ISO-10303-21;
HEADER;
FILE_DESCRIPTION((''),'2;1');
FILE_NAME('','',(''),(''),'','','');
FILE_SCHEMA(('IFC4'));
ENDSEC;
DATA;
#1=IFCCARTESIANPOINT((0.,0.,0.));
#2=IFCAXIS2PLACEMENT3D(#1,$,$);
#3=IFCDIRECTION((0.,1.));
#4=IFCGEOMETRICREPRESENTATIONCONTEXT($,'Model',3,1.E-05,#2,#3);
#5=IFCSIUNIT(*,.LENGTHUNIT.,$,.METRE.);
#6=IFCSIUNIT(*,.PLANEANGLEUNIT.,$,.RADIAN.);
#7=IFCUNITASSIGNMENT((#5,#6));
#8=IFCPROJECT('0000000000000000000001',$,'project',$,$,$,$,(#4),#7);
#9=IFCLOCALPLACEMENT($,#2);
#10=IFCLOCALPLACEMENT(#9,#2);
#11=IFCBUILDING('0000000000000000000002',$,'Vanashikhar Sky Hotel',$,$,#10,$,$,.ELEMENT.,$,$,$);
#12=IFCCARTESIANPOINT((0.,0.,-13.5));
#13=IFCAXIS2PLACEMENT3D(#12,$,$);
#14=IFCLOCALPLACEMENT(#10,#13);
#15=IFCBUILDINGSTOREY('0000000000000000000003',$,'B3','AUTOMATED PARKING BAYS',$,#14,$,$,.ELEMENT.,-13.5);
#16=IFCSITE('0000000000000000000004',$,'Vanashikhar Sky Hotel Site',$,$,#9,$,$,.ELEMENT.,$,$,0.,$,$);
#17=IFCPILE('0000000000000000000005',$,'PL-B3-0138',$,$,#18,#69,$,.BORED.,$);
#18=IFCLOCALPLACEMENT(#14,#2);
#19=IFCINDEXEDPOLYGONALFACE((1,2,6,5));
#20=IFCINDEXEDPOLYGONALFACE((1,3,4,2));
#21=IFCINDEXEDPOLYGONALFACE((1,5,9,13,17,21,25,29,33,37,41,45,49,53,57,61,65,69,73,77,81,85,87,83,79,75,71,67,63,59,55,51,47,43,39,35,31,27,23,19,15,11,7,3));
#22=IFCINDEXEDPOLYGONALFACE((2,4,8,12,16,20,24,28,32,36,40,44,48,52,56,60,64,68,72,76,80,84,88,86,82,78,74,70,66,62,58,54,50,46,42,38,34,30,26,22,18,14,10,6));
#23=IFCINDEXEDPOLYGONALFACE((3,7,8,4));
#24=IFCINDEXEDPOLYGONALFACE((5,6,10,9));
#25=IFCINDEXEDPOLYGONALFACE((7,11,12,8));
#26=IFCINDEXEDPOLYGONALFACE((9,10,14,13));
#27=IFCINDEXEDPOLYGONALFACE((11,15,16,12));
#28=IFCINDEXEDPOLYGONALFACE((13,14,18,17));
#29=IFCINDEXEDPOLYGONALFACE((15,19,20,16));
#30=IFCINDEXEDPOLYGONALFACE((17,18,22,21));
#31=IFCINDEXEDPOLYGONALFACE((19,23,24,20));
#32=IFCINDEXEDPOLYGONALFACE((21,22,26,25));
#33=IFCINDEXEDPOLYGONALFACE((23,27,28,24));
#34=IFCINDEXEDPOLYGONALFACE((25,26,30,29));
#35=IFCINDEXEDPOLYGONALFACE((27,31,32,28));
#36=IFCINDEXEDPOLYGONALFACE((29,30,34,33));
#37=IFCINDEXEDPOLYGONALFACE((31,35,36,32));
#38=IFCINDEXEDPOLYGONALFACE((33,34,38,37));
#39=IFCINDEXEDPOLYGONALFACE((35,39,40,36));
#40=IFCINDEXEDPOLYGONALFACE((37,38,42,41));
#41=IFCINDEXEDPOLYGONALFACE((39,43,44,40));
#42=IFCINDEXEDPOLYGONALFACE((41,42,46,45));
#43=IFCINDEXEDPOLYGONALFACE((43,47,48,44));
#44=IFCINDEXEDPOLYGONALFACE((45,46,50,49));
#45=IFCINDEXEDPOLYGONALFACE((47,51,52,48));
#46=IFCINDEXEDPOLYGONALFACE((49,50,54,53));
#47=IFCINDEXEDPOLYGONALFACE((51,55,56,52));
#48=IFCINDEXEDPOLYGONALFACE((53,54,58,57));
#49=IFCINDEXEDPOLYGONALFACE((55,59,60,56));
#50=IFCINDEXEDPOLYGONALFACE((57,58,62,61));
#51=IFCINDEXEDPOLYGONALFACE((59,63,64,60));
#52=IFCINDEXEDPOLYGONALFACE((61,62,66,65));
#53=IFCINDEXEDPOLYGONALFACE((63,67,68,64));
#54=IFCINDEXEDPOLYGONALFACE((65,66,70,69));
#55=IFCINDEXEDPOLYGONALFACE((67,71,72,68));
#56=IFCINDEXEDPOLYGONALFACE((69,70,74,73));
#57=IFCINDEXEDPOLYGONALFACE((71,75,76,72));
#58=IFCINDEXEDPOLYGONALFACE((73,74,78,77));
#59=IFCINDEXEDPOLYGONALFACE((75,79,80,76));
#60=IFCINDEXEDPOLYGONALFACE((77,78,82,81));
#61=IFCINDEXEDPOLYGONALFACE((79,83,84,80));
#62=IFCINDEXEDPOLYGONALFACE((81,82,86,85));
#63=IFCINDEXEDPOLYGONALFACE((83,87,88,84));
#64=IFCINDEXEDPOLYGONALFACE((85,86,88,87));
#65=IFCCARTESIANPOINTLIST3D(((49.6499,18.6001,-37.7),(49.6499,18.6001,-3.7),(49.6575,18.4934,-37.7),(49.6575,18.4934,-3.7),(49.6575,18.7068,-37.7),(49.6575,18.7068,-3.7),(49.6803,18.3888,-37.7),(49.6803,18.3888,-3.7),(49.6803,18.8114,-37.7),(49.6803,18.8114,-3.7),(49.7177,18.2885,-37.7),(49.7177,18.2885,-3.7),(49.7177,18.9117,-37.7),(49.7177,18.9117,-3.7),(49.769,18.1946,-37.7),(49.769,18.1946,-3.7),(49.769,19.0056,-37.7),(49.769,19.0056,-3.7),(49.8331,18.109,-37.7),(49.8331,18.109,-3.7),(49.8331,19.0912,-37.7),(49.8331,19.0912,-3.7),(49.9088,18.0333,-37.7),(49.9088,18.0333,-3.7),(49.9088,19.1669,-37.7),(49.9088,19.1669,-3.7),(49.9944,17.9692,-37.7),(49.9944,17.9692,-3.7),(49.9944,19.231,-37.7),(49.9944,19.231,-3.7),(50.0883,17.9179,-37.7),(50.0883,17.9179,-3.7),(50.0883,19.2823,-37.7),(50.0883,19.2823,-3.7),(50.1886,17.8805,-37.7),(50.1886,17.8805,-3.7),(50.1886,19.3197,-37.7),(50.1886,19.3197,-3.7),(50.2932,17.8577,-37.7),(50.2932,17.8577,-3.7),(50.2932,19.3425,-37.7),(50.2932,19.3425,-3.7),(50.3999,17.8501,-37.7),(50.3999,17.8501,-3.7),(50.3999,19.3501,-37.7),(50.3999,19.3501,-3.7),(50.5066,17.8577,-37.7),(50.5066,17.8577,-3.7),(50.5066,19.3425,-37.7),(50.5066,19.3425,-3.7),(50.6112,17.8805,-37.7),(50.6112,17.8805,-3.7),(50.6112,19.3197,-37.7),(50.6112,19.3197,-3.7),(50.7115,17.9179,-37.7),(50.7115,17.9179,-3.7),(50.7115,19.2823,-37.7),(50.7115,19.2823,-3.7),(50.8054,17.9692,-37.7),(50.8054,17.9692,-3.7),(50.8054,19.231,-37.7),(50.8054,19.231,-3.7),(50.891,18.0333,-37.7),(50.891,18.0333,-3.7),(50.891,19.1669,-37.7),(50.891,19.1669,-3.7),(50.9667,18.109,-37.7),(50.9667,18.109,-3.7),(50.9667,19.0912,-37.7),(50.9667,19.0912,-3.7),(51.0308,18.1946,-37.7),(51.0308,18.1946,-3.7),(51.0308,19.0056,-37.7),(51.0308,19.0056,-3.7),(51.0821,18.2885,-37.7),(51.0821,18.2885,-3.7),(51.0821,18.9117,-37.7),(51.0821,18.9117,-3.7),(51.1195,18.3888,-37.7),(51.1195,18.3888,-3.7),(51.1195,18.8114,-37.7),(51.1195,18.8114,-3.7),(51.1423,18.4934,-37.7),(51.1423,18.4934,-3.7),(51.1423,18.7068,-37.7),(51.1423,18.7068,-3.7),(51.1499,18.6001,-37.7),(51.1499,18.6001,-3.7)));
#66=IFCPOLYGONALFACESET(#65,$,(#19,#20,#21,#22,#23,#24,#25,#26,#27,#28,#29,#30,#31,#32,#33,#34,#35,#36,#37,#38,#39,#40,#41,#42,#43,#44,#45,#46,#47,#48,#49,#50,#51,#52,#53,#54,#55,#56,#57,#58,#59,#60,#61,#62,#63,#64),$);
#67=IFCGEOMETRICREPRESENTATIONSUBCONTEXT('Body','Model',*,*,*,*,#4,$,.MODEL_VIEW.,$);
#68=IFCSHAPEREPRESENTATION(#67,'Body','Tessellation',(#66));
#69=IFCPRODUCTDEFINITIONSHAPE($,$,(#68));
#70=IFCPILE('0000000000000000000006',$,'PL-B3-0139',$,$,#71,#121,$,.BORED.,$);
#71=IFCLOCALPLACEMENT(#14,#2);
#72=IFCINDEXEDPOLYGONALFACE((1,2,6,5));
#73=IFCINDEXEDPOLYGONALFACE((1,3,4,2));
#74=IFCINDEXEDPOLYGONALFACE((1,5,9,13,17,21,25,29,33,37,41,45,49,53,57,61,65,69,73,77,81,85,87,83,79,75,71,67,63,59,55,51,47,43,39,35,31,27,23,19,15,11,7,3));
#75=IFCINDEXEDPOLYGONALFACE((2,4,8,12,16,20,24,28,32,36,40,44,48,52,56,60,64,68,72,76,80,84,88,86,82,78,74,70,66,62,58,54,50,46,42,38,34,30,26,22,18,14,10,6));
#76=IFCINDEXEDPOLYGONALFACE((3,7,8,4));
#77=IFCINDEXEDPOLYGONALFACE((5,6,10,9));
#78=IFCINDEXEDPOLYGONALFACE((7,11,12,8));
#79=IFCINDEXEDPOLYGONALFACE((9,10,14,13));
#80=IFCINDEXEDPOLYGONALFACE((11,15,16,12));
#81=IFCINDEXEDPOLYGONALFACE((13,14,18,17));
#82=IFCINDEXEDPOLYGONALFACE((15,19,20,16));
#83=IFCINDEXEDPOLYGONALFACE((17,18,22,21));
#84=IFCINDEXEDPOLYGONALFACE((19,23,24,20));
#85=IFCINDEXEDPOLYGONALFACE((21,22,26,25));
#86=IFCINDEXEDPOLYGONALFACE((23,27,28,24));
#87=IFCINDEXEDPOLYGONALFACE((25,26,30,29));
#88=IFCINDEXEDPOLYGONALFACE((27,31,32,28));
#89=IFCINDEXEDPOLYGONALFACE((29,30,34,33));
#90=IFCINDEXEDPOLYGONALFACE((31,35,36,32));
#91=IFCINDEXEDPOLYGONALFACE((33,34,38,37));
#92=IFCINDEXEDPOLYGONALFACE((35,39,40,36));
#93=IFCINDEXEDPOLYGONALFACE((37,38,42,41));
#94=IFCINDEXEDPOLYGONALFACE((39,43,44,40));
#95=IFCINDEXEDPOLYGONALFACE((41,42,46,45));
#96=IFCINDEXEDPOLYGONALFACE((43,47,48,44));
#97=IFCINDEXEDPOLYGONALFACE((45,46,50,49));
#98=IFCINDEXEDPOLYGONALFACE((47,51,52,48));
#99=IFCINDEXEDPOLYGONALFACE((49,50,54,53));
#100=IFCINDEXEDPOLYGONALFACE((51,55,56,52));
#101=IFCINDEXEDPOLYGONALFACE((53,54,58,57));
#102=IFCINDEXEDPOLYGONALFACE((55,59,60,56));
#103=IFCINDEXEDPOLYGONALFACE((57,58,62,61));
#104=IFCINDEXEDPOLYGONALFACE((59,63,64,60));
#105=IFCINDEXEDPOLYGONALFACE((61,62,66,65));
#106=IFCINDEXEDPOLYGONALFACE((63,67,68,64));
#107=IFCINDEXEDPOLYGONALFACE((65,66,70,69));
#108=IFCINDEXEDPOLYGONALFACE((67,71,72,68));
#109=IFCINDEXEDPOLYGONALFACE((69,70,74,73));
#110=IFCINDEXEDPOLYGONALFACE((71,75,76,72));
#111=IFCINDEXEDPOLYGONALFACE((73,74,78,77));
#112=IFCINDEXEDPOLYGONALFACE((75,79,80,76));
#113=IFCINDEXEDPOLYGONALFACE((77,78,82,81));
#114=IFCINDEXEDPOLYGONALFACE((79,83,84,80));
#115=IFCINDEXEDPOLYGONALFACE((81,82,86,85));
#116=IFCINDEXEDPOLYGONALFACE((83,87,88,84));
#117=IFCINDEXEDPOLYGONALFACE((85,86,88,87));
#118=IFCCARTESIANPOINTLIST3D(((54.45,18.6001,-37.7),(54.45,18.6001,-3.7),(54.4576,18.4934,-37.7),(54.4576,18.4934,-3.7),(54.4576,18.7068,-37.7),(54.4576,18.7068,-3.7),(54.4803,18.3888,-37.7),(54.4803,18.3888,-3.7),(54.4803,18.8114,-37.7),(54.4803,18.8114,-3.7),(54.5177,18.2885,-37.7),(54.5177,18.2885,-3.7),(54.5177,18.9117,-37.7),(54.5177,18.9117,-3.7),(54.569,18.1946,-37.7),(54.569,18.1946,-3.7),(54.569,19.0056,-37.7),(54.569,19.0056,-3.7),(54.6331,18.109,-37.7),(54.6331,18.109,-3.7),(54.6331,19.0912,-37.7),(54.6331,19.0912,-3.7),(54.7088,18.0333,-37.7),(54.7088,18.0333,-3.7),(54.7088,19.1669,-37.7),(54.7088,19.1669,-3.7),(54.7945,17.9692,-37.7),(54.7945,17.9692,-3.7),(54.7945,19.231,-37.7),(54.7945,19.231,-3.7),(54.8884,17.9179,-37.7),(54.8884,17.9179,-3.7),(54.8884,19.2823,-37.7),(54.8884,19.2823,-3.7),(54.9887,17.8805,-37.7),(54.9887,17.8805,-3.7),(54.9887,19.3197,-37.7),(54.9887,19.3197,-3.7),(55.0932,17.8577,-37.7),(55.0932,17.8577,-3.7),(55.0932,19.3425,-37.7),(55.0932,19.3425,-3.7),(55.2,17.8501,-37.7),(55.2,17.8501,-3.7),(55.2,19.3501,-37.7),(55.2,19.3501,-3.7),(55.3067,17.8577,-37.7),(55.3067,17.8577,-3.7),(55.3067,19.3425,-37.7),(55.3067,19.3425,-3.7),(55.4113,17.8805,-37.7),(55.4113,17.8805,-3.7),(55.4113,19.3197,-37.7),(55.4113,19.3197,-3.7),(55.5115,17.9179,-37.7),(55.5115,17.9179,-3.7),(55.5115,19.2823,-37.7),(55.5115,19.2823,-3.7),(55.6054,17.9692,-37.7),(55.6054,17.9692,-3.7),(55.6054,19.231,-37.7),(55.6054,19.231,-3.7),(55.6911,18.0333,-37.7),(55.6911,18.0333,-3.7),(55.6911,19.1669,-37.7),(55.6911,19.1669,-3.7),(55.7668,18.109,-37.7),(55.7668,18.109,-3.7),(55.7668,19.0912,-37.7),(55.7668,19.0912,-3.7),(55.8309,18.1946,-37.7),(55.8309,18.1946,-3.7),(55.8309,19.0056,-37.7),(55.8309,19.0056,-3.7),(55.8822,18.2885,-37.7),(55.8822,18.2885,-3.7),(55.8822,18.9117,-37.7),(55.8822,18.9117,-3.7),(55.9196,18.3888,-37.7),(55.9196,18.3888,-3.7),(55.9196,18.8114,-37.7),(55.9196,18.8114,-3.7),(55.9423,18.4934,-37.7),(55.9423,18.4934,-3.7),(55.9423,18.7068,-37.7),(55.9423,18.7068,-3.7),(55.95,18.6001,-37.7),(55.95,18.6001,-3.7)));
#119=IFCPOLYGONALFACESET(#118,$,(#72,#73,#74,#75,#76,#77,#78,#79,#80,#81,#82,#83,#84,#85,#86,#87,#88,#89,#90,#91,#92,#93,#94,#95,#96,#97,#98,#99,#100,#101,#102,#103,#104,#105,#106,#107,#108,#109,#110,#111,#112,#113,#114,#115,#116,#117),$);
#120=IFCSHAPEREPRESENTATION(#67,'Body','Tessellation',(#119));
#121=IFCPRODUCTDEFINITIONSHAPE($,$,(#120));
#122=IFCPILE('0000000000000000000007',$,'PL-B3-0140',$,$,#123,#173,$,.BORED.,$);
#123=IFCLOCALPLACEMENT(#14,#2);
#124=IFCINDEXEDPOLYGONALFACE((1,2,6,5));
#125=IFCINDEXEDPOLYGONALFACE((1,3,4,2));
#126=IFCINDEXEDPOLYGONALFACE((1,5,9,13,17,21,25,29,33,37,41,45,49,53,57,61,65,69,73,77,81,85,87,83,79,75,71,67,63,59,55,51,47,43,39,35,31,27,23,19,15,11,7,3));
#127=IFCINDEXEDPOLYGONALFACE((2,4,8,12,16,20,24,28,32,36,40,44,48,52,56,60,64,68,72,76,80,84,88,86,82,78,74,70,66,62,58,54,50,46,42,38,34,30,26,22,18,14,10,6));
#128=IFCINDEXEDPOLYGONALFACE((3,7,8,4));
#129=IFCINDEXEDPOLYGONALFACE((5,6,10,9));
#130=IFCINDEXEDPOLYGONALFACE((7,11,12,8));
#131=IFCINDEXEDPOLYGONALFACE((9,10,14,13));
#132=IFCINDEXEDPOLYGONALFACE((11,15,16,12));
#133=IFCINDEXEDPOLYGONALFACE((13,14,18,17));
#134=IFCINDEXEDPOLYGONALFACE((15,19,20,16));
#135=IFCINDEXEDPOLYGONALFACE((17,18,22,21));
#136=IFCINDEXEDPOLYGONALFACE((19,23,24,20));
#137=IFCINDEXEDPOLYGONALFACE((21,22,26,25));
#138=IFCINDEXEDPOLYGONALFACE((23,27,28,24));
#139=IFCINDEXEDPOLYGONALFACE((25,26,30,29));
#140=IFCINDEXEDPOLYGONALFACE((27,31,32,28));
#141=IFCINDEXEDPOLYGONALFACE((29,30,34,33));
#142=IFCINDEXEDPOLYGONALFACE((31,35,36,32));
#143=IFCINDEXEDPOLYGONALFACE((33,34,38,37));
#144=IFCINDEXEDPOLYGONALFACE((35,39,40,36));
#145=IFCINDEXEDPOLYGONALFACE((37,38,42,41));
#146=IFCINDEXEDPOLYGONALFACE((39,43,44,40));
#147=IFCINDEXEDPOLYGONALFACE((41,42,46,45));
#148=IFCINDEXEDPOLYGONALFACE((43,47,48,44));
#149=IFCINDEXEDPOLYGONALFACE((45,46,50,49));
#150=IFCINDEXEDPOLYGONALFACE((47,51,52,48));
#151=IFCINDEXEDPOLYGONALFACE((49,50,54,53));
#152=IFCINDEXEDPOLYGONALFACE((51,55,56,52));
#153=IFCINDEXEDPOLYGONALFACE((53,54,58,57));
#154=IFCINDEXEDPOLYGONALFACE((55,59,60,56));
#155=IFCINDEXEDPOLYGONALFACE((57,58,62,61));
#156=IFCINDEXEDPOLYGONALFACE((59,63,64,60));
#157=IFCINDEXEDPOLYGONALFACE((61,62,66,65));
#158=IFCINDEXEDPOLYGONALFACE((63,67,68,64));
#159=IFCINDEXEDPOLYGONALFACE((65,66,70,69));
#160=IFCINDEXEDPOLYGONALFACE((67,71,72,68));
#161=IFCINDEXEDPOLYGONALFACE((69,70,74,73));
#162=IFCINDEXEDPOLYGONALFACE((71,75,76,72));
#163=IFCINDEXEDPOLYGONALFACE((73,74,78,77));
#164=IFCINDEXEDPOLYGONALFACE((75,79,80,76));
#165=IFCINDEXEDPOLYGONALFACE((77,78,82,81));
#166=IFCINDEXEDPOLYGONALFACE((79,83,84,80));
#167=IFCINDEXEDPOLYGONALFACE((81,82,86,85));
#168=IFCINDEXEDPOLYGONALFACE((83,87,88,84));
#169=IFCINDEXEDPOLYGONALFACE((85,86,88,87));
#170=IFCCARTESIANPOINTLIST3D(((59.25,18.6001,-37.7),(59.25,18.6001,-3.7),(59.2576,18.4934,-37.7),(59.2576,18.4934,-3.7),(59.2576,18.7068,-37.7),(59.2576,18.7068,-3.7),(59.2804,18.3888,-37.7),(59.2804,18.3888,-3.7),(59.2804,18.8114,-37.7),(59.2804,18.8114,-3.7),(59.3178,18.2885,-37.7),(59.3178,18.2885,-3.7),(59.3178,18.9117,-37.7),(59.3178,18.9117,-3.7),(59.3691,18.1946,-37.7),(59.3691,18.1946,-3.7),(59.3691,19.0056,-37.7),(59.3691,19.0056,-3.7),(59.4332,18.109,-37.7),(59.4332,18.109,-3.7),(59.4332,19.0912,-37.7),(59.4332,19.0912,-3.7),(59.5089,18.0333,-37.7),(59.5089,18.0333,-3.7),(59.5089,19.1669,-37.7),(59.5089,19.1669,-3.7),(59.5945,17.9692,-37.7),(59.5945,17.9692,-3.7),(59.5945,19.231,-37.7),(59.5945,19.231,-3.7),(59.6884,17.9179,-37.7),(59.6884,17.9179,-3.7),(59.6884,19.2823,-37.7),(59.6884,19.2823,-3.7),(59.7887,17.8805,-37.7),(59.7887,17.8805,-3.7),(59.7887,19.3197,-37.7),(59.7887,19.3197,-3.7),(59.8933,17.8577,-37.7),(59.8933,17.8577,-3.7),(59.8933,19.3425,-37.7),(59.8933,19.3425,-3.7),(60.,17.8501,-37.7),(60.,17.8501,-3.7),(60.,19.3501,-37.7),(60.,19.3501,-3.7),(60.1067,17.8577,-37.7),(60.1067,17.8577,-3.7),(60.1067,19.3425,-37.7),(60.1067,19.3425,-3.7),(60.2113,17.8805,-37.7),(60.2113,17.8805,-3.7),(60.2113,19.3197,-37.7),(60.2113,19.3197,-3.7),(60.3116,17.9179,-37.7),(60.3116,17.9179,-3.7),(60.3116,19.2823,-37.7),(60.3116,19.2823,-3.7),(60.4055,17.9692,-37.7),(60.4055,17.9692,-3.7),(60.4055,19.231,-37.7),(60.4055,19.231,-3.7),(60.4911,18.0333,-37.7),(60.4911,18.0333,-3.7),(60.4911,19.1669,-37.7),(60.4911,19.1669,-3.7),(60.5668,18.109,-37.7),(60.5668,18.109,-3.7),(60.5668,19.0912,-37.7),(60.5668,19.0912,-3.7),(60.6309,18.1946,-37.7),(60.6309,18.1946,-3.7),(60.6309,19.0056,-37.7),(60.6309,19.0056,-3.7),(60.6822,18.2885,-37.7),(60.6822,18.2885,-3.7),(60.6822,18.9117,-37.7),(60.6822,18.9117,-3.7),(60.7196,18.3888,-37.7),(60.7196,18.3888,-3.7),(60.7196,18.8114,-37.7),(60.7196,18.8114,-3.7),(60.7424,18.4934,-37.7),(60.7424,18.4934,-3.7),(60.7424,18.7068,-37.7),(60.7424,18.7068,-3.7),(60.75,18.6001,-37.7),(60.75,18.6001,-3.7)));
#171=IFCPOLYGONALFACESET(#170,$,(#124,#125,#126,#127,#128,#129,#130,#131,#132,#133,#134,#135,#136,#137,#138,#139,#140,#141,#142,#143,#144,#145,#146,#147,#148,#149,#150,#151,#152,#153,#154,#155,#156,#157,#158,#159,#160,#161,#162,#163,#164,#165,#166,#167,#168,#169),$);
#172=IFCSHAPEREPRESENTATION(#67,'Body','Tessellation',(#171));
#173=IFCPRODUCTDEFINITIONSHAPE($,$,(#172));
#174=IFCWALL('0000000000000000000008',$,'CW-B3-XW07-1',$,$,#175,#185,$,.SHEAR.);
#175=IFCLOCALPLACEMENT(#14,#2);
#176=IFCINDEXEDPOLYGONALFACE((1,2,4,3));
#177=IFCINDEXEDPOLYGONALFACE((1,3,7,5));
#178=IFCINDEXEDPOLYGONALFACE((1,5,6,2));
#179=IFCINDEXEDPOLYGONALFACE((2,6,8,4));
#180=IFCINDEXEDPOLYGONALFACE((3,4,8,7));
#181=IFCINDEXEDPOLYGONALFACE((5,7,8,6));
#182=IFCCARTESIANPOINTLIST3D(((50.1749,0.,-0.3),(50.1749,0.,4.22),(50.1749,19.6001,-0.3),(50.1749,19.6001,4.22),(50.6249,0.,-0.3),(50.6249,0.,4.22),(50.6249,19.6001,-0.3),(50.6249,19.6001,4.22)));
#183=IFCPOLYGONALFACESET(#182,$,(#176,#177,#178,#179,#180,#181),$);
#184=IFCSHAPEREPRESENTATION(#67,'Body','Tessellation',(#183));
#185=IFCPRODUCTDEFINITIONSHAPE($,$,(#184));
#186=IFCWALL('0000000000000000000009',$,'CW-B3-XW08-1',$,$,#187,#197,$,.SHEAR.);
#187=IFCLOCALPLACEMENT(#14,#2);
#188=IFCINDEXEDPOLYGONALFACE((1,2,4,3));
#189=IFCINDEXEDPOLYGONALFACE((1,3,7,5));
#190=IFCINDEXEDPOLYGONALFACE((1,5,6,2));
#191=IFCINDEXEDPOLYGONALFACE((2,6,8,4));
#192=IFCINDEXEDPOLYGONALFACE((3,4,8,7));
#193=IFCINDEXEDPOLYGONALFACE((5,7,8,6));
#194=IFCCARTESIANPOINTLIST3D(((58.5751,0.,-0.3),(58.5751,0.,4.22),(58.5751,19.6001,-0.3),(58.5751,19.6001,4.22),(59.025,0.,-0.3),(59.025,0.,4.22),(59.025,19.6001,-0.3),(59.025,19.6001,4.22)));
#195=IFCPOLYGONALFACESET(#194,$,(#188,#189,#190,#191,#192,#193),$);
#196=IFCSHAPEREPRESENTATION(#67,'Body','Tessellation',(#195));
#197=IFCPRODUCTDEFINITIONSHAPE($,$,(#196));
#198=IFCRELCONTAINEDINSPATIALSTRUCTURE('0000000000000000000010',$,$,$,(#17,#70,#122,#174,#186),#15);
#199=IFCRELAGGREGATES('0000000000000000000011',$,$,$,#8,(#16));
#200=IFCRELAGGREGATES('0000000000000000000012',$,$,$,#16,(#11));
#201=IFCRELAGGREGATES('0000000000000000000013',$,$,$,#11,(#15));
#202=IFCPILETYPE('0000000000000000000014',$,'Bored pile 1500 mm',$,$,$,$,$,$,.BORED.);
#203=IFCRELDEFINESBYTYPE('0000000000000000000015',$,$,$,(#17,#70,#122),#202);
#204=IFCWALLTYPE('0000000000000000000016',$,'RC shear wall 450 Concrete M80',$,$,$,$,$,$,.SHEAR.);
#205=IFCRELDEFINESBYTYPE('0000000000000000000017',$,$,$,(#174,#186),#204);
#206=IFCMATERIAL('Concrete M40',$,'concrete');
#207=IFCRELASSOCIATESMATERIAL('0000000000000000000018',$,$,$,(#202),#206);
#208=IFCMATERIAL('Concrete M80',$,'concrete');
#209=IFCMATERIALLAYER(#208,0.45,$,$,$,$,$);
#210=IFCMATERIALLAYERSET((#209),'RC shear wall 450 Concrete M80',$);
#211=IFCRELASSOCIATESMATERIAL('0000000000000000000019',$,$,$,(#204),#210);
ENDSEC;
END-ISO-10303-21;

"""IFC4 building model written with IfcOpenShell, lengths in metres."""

from ifc_helpers import new_model, si_unit, direction, frame, frame_2d, origin, origin_2d, place, context, subcontext, project, spatial, rectangle, circle, extrude, source, transform, mapped, material, layer, layer_set, type_object, element, save


model = new_model("IFC4")

# Units and contexts
model_context = context("Model", 3, precision=1e-05, world=origin(), true_north=direction((0.0, 1.0)))
body_context = subcontext(model_context, "Body", "Model", "MODEL_VIEW")
ifc_project = project(units=[si_unit("LENGTHUNIT", "METRE"), si_unit("PLANEANGLEUNIT", "RADIAN")], contexts=[model_context])

# Site, building, storey
site_placement = place(None, origin())
site = spatial("IfcSite", under=ifc_project, at=site_placement, Name="Vanashikhar Sky Hotel Site", CompositionType="ELEMENT", RefElevation=0.0)
building_placement = place(site_placement, origin())
building = spatial("IfcBuilding", under=site, at=building_placement, Name="Vanashikhar Sky Hotel", CompositionType="ELEMENT")
storey_placement = place(building_placement, frame((0.0, 0.0, -13.5)))
storey = spatial("IfcBuildingStorey", under=building, at=storey_placement, Name="B3", Description="AUTOMATED PARKING BAYS", CompositionType="ELEMENT", Elevation=-13.5)

# Piles
ifc_material_1 = material(Name="Concrete M40", Category="concrete")
pile_type = type_object("IfcPileType", Name="Bored pile 1500 mm", PredefinedType="BORED", material=ifc_material_1)
shared_shape_1 = source(origin(), body_context, "Body", "SweptSolid", [
    extrude(circle(Radius=0.75, at=origin_2d()), origin(), (0.0, 0.0, 1.0), 34.0),
])
for number, where, z_axis, x_axis, name in (
    (1, (50.3999, 18.6001, -3.7), (0.0, 0.0, -1.0), (1.0, 0.0, 0.0), "PL-B3-0138"),
    (2, (55.2, 18.6001, -3.7), (0.0, 0.0, -1.0), (1.0, 0.0, 0.0), "PL-B3-0139"),
    (3, (60.0, 18.6001, -3.7), (0.0, 0.0, -1.0), (1.0, 0.0, 0.0), "PL-B3-0140"),
):
    element("IfcPile", number, at=place(storey_placement, frame(where, z_axis=z_axis, x_axis=x_axis)), inside=storey, type_object=pile_type, Name=name, PredefinedType="BORED", context=body_context, shape_type="MappedRepresentation", body=[
        mapped(shared_shape_1, transform((0.0, 0.0, 0.0), scale=1.0)),
    ])

# Walls
ifc_material_2 = material(Name="Concrete M80", Category="concrete")
ifc_layer_1 = layer(ifc_material_2, 0.45)
ifc_layer_set_1 = layer_set([ifc_layer_1], Name="RC shear wall 450 Concrete M80")
wall_type_1 = type_object("IfcWallType", Name="RC shear wall 450 Concrete M80", PredefinedType="SHEAR", material=ifc_layer_set_1)
shared_shape_2 = source(origin(), body_context, "Body", "SweptSolid", [
    extrude(rectangle(XDim=19.6001, YDim=0.45, at=frame_2d((9.8, 0.0))), origin(), (0.0, 0.0, 1.0), 4.52),
])
for number, where, z_axis, x_axis, name in (
    (4, (50.3999, 0.0, -0.3), (0.0, 0.0, 1.0), (0.0, 1.0, 0.0), "CW-B3-XW07-1"),
    (5, (58.8, 0.0, -0.3), (0.0, 0.0, 1.0), (0.0, 1.0, 0.0), "CW-B3-XW08-1"),
):
    element("IfcWall", number, at=place(storey_placement, frame(where, z_axis=z_axis, x_axis=x_axis)), inside=storey, type_object=wall_type_1, Name=name, PredefinedType="SHEAR", context=body_context, shape_type="MappedRepresentation", body=[
        mapped(shared_shape_2, transform((0.0, 0.0, 0.0), scale=1.0)),
    ])

save(model, "model.ifc")
